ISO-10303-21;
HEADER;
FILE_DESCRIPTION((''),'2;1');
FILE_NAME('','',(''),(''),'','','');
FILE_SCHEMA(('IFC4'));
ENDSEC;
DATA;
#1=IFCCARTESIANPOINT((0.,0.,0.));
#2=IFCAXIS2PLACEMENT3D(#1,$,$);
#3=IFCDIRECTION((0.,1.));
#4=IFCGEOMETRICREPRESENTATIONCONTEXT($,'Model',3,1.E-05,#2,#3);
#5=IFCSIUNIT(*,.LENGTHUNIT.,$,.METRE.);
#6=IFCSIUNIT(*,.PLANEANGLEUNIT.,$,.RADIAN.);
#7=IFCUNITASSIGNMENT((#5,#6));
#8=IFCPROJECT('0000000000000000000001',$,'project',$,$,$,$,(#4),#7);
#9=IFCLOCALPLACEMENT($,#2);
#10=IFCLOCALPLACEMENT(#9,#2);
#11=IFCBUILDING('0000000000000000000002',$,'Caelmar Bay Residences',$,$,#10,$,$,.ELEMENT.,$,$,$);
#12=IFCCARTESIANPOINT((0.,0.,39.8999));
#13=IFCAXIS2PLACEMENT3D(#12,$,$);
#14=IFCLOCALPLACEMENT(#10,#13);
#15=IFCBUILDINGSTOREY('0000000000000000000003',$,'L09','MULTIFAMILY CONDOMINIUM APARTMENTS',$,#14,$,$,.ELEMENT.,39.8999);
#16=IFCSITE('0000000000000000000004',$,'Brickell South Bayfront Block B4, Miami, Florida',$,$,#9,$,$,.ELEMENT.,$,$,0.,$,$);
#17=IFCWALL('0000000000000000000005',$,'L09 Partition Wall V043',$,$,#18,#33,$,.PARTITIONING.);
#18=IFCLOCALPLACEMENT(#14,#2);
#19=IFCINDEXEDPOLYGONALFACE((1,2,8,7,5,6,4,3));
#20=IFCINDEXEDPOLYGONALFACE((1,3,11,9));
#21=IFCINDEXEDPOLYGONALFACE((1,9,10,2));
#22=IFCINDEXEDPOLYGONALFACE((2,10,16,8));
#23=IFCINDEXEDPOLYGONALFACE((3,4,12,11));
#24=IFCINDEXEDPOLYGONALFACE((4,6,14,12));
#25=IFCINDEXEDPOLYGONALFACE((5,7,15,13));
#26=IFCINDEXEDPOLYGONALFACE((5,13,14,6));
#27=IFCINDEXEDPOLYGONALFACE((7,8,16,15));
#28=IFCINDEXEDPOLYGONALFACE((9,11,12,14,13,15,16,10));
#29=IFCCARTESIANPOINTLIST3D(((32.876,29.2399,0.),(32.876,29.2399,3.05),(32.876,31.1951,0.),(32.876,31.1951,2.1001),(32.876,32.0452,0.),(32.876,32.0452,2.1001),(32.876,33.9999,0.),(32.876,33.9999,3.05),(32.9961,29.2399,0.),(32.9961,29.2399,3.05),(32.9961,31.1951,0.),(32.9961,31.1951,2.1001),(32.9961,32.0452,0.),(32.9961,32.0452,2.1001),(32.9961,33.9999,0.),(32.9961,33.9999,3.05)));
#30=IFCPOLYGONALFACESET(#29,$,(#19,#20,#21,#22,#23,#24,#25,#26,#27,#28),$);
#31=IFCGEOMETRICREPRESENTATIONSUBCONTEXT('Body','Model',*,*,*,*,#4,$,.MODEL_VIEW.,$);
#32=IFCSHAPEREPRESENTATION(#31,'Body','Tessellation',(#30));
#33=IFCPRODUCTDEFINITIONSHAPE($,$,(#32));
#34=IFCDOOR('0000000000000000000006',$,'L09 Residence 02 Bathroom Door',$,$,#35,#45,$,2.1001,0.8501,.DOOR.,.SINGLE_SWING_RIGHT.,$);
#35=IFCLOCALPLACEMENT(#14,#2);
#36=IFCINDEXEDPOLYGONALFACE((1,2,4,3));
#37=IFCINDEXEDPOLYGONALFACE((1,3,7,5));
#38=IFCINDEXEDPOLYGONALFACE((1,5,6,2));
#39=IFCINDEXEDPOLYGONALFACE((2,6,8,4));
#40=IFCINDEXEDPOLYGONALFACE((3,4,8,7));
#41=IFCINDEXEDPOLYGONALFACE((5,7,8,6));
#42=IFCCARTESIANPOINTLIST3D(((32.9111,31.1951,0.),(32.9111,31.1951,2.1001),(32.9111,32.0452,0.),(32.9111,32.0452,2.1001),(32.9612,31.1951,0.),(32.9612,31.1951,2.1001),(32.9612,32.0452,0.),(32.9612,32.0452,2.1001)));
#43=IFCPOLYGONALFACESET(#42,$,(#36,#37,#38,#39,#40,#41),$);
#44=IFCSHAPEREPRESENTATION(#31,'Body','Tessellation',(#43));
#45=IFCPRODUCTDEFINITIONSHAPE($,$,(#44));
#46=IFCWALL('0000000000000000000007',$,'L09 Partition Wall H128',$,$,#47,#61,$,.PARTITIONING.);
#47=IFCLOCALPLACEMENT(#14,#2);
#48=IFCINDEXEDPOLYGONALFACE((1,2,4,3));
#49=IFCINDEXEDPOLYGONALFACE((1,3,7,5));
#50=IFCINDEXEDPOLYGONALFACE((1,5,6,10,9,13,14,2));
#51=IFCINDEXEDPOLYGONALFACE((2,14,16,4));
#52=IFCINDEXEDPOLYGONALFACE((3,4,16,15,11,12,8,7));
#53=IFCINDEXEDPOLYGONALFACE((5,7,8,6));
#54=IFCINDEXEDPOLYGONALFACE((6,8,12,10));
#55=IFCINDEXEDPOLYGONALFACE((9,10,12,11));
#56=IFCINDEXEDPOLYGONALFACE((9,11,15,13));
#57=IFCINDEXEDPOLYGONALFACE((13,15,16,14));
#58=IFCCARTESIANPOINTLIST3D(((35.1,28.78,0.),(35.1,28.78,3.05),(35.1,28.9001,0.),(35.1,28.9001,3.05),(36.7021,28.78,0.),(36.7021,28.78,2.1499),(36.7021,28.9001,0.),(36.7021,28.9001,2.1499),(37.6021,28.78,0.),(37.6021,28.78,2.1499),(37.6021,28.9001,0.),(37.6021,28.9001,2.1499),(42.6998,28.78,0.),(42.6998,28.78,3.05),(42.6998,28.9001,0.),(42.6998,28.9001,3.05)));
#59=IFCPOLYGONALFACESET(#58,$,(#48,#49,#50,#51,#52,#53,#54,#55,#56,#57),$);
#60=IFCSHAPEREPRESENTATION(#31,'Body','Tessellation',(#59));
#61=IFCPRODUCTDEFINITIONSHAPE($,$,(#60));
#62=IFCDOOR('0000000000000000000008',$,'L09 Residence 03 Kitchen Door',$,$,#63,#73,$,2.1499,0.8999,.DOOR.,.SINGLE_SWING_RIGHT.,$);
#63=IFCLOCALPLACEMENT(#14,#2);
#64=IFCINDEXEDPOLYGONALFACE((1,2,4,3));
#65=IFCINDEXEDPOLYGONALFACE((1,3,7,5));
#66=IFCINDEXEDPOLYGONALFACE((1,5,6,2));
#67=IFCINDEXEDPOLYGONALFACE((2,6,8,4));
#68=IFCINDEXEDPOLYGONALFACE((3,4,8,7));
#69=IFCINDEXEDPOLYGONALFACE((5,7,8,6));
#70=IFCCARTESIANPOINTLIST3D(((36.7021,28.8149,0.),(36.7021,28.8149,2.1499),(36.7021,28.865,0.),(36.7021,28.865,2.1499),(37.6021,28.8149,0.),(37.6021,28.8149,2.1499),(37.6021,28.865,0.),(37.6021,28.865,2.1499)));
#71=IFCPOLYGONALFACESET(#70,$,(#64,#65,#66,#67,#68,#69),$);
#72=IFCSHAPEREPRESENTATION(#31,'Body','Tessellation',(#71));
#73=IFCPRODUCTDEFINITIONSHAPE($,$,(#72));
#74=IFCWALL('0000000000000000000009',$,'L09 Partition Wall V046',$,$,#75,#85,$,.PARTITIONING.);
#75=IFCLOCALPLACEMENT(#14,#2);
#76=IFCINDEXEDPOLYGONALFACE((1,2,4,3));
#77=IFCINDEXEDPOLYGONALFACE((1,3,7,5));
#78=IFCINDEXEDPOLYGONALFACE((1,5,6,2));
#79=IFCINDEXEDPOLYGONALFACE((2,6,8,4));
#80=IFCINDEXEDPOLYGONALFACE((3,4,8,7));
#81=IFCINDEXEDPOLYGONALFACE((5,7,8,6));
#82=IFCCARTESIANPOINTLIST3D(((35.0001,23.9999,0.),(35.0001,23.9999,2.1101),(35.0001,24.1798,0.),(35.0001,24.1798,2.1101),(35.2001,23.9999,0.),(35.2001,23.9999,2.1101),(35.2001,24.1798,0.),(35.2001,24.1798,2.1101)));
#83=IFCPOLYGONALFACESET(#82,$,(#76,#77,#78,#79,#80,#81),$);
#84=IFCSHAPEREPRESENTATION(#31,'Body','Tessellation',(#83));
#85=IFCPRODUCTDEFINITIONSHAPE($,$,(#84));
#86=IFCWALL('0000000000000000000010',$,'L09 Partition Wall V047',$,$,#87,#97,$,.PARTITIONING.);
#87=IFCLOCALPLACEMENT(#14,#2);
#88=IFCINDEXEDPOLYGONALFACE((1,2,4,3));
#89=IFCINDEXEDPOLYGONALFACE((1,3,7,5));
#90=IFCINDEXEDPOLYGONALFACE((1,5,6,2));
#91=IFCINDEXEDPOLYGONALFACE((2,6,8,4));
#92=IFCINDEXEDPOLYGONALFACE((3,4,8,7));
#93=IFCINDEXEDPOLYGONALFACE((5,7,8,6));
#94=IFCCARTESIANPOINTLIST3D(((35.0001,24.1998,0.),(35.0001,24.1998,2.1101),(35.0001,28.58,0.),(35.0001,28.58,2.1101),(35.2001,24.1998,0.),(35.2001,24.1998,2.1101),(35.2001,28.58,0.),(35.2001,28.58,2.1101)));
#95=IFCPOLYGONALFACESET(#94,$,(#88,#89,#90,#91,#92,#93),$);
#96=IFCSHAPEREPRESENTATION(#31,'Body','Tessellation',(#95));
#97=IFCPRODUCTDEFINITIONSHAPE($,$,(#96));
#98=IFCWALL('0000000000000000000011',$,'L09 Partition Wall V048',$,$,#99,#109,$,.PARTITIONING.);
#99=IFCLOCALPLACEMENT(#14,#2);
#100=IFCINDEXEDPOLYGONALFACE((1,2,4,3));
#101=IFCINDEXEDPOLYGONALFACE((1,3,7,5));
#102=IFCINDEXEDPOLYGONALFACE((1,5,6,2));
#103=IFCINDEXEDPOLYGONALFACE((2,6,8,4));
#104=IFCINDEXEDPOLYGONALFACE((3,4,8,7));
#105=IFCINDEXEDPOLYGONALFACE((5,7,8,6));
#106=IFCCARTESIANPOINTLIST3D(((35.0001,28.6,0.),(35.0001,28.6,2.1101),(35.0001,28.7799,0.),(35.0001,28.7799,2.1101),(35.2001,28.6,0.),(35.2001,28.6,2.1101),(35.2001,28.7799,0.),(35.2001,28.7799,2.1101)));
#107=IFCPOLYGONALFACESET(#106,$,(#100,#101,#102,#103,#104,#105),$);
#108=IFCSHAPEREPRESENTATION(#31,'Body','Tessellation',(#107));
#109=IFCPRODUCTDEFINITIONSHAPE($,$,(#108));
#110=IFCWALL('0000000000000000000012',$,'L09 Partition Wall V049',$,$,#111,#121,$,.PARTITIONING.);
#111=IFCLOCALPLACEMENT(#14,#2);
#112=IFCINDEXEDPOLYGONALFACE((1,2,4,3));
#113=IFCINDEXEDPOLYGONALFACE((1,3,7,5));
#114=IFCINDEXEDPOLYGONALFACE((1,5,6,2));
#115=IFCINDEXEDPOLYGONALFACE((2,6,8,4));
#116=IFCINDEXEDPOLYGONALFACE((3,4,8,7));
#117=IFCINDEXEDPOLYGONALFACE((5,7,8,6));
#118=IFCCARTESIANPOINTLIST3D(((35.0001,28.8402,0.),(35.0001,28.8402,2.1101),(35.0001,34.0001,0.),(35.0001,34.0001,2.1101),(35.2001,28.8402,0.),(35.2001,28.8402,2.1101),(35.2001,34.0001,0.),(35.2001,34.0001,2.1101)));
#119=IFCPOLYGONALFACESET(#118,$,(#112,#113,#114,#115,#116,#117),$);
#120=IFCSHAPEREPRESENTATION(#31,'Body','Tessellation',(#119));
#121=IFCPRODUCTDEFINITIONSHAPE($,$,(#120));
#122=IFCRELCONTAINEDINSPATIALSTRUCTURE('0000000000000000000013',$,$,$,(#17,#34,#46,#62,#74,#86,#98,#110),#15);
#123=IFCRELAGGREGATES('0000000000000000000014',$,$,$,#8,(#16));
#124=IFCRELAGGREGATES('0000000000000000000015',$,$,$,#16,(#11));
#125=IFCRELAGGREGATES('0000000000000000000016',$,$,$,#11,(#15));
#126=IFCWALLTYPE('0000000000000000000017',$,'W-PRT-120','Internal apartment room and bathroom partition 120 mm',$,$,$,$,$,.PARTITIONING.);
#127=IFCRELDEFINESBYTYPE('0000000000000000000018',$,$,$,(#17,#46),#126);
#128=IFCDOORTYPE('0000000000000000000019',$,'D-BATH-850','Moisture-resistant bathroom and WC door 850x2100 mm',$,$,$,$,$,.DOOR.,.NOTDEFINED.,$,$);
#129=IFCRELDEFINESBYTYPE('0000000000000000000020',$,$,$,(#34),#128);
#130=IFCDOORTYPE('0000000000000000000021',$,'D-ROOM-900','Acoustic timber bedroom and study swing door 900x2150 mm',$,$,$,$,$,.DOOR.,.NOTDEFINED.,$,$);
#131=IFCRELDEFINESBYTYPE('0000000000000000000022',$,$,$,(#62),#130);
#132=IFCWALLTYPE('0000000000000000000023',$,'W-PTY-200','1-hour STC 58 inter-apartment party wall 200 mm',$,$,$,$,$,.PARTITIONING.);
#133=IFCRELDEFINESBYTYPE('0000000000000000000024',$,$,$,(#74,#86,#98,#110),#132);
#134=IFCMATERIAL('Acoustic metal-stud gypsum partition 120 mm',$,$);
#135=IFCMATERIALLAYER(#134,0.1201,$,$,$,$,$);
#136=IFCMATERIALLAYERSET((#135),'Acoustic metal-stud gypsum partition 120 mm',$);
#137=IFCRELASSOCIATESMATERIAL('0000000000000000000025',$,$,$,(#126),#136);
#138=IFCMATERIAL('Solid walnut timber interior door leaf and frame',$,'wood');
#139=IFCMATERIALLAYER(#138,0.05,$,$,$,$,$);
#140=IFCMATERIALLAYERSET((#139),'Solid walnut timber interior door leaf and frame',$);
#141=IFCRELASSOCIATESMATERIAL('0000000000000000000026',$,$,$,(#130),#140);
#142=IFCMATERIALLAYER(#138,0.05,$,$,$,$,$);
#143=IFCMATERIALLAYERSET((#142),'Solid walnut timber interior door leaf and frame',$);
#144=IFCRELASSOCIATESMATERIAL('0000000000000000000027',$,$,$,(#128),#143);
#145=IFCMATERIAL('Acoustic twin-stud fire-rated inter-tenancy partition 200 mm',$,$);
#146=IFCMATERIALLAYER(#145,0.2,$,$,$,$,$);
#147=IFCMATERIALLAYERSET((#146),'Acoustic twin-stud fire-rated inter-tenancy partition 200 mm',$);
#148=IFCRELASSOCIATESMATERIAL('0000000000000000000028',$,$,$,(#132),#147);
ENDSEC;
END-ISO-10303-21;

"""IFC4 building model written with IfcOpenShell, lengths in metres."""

from ifc_helpers import new_model, si_unit, direction, frame, frame_2d, origin, place, context, subcontext, project, spatial, rectangle, extrude, material, layer, layer_set, type_object, element, fill, save


model = new_model("IFC4")

# Units and contexts
model_context = context("Model", 3, precision=1e-05, world=origin(), true_north=direction((0.0, 1.0)))
body_context = subcontext(model_context, "Body", "Model", "MODEL_VIEW")
ifc_project = project(units=[si_unit("LENGTHUNIT", "METRE"), si_unit("PLANEANGLEUNIT", "RADIAN")], contexts=[model_context])

# Site, building, storey
site_placement = place(None, origin())
site = spatial("IfcSite", under=ifc_project, at=site_placement, Name="Brickell South Bayfront Block B4, Miami, Florida", CompositionType="ELEMENT", RefElevation=0.0)
building_placement = place(site_placement, origin())
building = spatial("IfcBuilding", under=site, at=building_placement, Name="Caelmar Bay Residences", CompositionType="ELEMENT")
storey_placement = place(building_placement, frame((0.0, 0.0, 39.8999)))
storey = spatial("IfcBuildingStorey", under=building, at=storey_placement, Name="L09", Description="MULTIFAMILY CONDOMINIUM APARTMENTS", CompositionType="ELEMENT", Elevation=39.8999)

# Shared definitions
ifc_material_1 = material(Name="Acoustic metal-stud gypsum partition 120 mm")
ifc_layer_1 = layer(ifc_material_1, 0.1201)
ifc_layer_set_1 = layer_set([ifc_layer_1], Name="Acoustic metal-stud gypsum partition 120 mm")
wall_type_1 = type_object("IfcWallType", Name="W-PRT-120", Description="Internal apartment room and bathroom partition 120 mm", PredefinedType="PARTITIONING", material=ifc_layer_set_1)

# Shared definitions
ifc_material_2 = material(Name="Solid walnut timber interior door leaf and frame", Category="wood")
ifc_layer_2 = layer(ifc_material_2, 0.05)
ifc_layer_set_2 = layer_set([ifc_layer_2], Name="Solid walnut timber interior door leaf and frame")
door_type_1 = type_object("IfcDoorType", Name="D-ROOM-900", Description="Acoustic timber bedroom and study swing door 900x2150 mm", OperationType="NOTDEFINED", PredefinedType="DOOR", material=ifc_layer_set_2)

# Wall, opening, door
wall_1_placement = place(storey_placement, frame((32.936, 29.24, 0.0), z_axis=(0.0, 0.0, 1.0), x_axis=(0.0, 1.0, 0.0)))
wall_1 = element("IfcWall", 1, at=wall_1_placement, inside=storey, type_object=wall_type_1, Name="L09 Partition Wall V043", PredefinedType="PARTITIONING", context=body_context, shape_type="SweptSolid", body=[
    extrude(rectangle(XDim=4.76, YDim=0.1201, at=frame_2d((2.3799, 0.0))), origin(), (0.0, 0.0, 1.0), 3.05),
])
opening_1_placement = place(wall_1_placement, frame((1.9551, 0.0, 0.0)))
opening_1 = element("IfcOpeningElement", 2, at=opening_1_placement, cuts=wall_1, PredefinedType="OPENING", context=body_context, shape_type="SweptSolid", body=[
    extrude(rectangle(XDim=0.8501, YDim=2.1001, at=frame_2d((0.425, 1.05))), frame((0.0, 0.0701, 0.0), z_axis=(0.0, -1.0, 0.0), x_axis=(1.0, 0.0, 0.0)), (0.0, 0.0, 1.0), 0.1401),
])
ifc_layer_3 = layer(ifc_material_2, 0.05)
ifc_layer_set_3 = layer_set([ifc_layer_3], Name="Solid walnut timber interior door leaf and frame")
door_type_2 = type_object("IfcDoorType", Name="D-BATH-850", Description="Moisture-resistant bathroom and WC door 850x2100 mm", OperationType="NOTDEFINED", PredefinedType="DOOR", material=ifc_layer_set_3)
door_1_placement = place(opening_1_placement, origin())
door_1 = element("IfcDoor", 3, at=door_1_placement, inside=storey, type_object=door_type_2, Name="L09 Residence 02 Bathroom Door", OperationType="SINGLE_SWING_RIGHT", OverallHeight=2.1001, OverallWidth=0.8501, PredefinedType="DOOR", context=body_context, shape_type="SweptSolid", body=[
    extrude(rectangle(XDim=0.8501, YDim=2.1001, at=frame_2d((0.425, 1.05))), frame((0.0, 0.0249, 0.0), z_axis=(0.0, -1.0, 0.0), x_axis=(1.0, 0.0, 0.0)), (0.0, 0.0, 1.0), 0.05),
])
fill(opening_1, door_1)

# Wall, opening, door
wall_2_placement = place(storey_placement, frame((35.1001, 28.8401, 0.0), z_axis=(0.0, 0.0, 1.0), x_axis=(1.0, 0.0, 0.0)))
wall_2 = element("IfcWall", 4, at=wall_2_placement, inside=storey, type_object=wall_type_1, Name="L09 Partition Wall H128", PredefinedType="PARTITIONING", context=body_context, shape_type="SweptSolid", body=[
    extrude(rectangle(XDim=7.5999, YDim=0.1201, at=frame_2d((3.7998, 0.0))), origin(), (0.0, 0.0, 1.0), 3.05),
])
opening_2_placement = place(wall_2_placement, frame((1.6021, 0.0, 0.0)))
opening_2 = element("IfcOpeningElement", 5, at=opening_2_placement, cuts=wall_2, PredefinedType="OPENING", context=body_context, shape_type="SweptSolid", body=[
    extrude(rectangle(XDim=0.8999, YDim=2.1499, at=frame_2d((0.45, 1.075))), frame((0.0, 0.0701, 0.0), z_axis=(0.0, -1.0, 0.0), x_axis=(1.0, 0.0, 0.0)), (0.0, 0.0, 1.0), 0.1401),
])
door_2_placement = place(opening_2_placement, origin())
door_2 = element("IfcDoor", 6, at=door_2_placement, inside=storey, type_object=door_type_1, Name="L09 Residence 03 Kitchen Door", OperationType="SINGLE_SWING_RIGHT", OverallHeight=2.1499, OverallWidth=0.8999, PredefinedType="DOOR", context=body_context, shape_type="SweptSolid", body=[
    extrude(rectangle(XDim=0.8999, YDim=2.1499, at=frame_2d((0.45, 1.075))), frame((0.0, 0.0249, 0.0), z_axis=(0.0, -1.0, 0.0), x_axis=(1.0, 0.0, 0.0)), (0.0, 0.0, 1.0), 0.05),
])
fill(opening_2, door_2)

# Walls
ifc_material_3 = material(Name="Acoustic twin-stud fire-rated inter-tenancy partition 200 mm")
ifc_layer_4 = layer(ifc_material_3, 0.2)
ifc_layer_set_4 = layer_set([ifc_layer_4], Name="Acoustic twin-stud fire-rated inter-tenancy partition 200 mm")
wall_type_2 = type_object("IfcWallType", Name="W-PTY-200", Description="1-hour STC 58 inter-apartment party wall 200 mm", PredefinedType="PARTITIONING", material=ifc_layer_set_4)
wall_3_placement = place(storey_placement, frame((35.1001, 24.0, 0.0), z_axis=(0.0, 0.0, 1.0), x_axis=(0.0, 1.0, 0.0)))
element("IfcWall", 7, at=wall_3_placement, inside=storey, type_object=wall_type_2, Name="L09 Partition Wall V046", PredefinedType="PARTITIONING", context=body_context, shape_type="SweptSolid", body=[
    extrude(rectangle(XDim=0.1799, YDim=0.2, at=frame_2d((0.0898, 0.0))), origin(), (0.0, 0.0, 1.0), 2.1101),
])
wall_4_placement = place(storey_placement, frame((35.1001, 24.2, 0.0), z_axis=(0.0, 0.0, 1.0), x_axis=(0.0, 1.0, 0.0)))
element("IfcWall", 8, at=wall_4_placement, inside=storey, type_object=wall_type_2, Name="L09 Partition Wall V047", PredefinedType="PARTITIONING", context=body_context, shape_type="SweptSolid", body=[
    extrude(rectangle(XDim=4.3801, YDim=0.2, at=frame_2d((2.1899, 0.0))), origin(), (0.0, 0.0, 1.0), 2.1101),
])
wall_5_placement = place(storey_placement, frame((35.1001, 28.6001, 0.0), z_axis=(0.0, 0.0, 1.0), x_axis=(0.0, 1.0, 0.0)))
element("IfcWall", 9, at=wall_5_placement, inside=storey, type_object=wall_type_2, Name="L09 Partition Wall V048", PredefinedType="PARTITIONING", context=body_context, shape_type="SweptSolid", body=[
    extrude(rectangle(XDim=0.1799, YDim=0.2, at=frame_2d((0.0898, 0.0))), origin(), (0.0, 0.0, 1.0), 2.1101),
])
wall_6_placement = place(storey_placement, frame((35.1001, 28.8401, 0.0), z_axis=(0.0, 0.0, 1.0), x_axis=(0.0, 1.0, 0.0)))
element("IfcWall", 10, at=wall_6_placement, inside=storey, type_object=wall_type_2, Name="L09 Partition Wall V049", PredefinedType="PARTITIONING", context=body_context, shape_type="SweptSolid", body=[
    extrude(rectangle(XDim=5.1599, YDim=0.2, at=frame_2d((2.5801, 0.0))), origin(), (0.0, 0.0, 1.0), 2.1101),
])

save(model, "model.ifc")
